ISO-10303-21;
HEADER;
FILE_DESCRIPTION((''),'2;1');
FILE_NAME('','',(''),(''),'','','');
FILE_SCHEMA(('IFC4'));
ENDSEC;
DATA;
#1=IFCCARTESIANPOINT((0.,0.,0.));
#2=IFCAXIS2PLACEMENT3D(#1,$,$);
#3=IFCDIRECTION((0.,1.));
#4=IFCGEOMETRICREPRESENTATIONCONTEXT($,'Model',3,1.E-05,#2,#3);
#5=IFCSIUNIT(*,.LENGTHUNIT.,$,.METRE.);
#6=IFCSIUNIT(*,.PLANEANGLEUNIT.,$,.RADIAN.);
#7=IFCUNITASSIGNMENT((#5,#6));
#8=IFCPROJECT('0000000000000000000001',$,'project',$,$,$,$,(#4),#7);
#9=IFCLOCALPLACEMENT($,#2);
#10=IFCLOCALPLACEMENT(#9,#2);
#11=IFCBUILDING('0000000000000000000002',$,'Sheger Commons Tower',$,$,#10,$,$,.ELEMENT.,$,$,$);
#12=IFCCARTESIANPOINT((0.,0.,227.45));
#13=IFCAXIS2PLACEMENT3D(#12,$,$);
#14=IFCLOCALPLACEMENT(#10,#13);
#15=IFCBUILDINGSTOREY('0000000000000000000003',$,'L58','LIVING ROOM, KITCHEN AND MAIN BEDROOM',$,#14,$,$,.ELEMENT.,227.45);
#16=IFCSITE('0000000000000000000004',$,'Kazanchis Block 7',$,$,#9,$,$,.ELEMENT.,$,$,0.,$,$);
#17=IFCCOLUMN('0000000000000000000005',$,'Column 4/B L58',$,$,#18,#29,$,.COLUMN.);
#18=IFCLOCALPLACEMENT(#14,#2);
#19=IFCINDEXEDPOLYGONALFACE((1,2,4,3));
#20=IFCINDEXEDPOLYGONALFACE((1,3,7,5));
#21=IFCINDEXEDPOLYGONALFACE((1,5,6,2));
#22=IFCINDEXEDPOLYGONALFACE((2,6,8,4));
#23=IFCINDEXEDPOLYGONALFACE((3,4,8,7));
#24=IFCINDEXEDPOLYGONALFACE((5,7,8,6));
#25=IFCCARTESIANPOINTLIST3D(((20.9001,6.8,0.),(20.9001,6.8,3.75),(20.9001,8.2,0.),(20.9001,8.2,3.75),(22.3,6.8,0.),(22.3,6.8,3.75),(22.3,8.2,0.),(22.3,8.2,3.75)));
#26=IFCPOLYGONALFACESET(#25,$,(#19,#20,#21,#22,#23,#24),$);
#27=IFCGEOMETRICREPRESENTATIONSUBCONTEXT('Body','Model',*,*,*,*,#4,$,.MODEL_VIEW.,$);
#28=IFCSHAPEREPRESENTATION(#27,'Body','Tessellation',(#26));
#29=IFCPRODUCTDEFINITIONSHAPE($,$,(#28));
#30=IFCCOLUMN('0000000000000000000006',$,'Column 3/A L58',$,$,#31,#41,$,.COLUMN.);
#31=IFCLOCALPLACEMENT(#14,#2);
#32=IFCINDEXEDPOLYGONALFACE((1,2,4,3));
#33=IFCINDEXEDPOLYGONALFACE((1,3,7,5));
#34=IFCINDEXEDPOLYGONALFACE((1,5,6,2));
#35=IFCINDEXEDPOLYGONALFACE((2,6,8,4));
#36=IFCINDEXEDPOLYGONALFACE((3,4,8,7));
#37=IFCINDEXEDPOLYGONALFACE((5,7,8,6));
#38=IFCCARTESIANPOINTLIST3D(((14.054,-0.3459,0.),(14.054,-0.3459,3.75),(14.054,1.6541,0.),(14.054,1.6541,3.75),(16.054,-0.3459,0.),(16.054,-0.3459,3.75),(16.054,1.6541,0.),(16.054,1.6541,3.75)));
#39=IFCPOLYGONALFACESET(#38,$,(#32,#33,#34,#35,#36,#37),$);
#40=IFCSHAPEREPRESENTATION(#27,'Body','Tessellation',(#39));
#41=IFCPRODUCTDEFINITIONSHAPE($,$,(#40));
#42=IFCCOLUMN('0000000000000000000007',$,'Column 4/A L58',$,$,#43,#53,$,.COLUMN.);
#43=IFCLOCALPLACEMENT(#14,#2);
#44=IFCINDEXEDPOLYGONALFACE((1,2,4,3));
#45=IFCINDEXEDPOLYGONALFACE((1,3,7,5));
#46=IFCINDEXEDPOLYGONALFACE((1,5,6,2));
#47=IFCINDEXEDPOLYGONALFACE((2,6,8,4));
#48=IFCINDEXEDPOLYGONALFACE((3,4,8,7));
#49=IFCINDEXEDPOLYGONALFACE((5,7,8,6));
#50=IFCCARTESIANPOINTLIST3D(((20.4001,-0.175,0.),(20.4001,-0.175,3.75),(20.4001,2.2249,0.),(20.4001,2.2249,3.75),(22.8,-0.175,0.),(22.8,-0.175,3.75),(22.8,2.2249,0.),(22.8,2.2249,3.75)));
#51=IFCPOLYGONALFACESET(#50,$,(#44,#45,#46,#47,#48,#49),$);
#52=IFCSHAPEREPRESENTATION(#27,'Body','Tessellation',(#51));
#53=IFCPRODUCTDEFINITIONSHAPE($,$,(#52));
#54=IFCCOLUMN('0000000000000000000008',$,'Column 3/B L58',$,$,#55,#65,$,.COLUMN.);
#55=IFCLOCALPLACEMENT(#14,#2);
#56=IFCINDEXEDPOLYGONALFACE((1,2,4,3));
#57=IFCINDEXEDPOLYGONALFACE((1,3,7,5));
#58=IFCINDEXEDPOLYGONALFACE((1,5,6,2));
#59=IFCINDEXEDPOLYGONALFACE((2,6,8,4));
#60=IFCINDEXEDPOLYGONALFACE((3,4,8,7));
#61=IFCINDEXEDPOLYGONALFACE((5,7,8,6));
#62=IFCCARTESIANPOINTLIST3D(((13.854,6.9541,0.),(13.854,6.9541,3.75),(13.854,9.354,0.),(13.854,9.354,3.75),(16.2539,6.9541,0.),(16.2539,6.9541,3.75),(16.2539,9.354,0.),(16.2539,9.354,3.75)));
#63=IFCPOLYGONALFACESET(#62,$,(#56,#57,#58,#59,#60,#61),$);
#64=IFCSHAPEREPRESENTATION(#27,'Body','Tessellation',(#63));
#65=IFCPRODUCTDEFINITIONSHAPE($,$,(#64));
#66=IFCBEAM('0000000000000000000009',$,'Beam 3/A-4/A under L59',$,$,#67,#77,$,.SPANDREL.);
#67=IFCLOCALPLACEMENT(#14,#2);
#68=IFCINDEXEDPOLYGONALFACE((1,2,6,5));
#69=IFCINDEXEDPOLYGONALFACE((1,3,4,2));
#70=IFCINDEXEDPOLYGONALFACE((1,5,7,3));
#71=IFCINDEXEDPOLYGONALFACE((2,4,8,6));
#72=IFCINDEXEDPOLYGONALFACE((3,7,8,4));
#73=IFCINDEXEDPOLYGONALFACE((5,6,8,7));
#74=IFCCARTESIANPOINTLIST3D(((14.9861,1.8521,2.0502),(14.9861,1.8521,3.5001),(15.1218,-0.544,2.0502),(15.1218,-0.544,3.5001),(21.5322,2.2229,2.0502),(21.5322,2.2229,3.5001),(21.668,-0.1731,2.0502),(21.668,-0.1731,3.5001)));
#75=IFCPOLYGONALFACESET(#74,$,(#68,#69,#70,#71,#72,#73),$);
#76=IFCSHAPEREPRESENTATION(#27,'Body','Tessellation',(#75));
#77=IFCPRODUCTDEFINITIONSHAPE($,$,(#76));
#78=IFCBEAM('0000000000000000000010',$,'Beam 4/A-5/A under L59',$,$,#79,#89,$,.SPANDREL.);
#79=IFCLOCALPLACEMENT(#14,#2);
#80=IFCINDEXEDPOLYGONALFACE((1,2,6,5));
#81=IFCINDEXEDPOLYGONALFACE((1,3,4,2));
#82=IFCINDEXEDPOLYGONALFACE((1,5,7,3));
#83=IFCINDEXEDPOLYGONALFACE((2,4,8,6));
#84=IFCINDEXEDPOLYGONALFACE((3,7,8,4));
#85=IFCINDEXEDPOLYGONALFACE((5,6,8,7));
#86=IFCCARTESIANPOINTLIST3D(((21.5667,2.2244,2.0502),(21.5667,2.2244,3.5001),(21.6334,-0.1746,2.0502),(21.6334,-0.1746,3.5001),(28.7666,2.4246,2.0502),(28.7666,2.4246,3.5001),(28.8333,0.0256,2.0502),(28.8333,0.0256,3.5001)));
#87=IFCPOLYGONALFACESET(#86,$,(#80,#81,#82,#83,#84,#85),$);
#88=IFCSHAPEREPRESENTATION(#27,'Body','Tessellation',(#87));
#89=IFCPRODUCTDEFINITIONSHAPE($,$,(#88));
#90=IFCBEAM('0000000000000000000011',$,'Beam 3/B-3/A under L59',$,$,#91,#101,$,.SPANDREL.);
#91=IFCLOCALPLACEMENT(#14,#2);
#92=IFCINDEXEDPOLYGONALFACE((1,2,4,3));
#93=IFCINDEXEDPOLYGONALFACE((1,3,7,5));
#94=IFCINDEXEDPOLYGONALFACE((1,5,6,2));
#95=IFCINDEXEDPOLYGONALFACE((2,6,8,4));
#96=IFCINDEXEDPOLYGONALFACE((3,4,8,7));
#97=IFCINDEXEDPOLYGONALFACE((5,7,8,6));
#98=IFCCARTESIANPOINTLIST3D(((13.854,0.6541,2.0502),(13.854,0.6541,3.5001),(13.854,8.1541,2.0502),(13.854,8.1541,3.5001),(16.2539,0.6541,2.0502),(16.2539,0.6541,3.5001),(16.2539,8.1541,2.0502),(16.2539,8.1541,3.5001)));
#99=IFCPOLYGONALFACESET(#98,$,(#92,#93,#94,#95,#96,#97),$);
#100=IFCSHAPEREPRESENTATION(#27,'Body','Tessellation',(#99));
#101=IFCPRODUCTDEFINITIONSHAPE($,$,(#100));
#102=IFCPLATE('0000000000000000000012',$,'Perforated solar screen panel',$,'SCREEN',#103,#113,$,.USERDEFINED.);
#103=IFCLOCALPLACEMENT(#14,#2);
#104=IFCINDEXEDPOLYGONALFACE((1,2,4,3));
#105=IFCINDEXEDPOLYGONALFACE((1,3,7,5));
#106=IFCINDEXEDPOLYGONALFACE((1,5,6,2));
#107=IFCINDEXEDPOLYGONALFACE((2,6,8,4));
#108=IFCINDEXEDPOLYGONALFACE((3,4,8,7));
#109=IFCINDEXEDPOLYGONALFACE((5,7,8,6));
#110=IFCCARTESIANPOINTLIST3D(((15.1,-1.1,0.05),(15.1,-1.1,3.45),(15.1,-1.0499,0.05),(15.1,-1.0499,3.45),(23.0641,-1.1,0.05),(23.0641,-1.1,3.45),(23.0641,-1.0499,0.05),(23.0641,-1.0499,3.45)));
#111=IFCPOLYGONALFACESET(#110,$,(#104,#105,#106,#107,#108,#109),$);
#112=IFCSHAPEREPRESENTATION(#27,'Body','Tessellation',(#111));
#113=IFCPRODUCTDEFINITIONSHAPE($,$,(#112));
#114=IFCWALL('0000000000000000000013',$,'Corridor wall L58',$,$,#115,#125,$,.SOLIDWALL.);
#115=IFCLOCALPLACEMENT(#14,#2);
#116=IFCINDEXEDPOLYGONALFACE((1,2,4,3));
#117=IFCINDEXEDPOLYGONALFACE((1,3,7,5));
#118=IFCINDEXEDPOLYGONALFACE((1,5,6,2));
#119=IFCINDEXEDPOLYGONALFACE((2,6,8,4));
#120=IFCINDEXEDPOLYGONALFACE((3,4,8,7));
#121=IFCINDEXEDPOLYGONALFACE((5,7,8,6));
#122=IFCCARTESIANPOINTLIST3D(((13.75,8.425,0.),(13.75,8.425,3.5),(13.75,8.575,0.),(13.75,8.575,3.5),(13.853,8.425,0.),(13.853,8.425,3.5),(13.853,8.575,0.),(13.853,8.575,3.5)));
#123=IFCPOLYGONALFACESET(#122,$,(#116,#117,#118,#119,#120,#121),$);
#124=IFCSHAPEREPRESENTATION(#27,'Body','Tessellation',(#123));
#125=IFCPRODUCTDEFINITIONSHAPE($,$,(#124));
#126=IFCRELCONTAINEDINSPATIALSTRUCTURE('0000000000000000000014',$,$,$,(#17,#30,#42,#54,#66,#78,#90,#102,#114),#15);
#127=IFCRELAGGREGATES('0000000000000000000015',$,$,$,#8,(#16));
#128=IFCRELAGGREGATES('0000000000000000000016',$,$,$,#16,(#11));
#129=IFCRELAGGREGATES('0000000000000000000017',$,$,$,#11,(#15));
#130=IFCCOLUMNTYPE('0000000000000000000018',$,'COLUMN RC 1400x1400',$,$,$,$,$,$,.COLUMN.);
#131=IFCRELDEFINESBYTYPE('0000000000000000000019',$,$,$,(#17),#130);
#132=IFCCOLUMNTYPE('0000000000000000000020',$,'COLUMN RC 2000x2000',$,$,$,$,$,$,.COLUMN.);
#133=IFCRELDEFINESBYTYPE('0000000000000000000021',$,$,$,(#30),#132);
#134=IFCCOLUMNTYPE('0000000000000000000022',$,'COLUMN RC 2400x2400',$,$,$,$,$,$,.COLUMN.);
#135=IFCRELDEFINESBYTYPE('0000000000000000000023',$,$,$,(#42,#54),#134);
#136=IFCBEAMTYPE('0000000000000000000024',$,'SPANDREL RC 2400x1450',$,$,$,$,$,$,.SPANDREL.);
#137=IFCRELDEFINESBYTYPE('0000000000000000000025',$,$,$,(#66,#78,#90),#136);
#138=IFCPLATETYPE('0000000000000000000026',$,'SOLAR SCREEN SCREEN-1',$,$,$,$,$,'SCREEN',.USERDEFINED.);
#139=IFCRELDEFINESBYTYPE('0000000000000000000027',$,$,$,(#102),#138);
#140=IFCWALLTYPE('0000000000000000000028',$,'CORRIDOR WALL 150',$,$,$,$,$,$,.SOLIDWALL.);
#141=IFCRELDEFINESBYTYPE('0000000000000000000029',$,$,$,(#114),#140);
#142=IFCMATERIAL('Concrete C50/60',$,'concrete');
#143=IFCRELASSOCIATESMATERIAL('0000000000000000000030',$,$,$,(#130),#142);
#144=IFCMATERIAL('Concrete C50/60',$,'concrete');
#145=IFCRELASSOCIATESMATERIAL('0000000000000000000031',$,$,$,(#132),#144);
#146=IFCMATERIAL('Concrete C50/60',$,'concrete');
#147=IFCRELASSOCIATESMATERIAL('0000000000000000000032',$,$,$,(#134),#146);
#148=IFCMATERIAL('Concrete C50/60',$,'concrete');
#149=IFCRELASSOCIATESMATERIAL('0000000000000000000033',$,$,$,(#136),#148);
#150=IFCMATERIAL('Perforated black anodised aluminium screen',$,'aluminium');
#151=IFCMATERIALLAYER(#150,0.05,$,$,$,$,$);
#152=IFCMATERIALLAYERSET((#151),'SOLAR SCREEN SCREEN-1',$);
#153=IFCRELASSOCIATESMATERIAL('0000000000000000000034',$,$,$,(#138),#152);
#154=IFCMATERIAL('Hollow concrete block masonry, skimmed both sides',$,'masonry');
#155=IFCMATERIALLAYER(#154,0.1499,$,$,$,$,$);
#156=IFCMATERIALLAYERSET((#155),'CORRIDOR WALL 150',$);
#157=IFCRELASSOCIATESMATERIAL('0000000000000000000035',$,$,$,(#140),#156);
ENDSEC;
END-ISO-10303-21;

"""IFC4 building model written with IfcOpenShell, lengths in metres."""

from ifc_helpers import new_model, si_unit, direction, frame, frame_2d, origin, origin_2d, place, context, subcontext, project, spatial, rectangle, extrude, material, layer, layer_set, material_profile, profile_set, type_object, element, save


model = new_model("IFC4")

# Units and contexts
model_context = context("Model", 3, precision=1e-05, world=origin(), true_north=direction((0.0, 1.0)))
body_context = subcontext(model_context, "Body", "Model", "MODEL_VIEW")
ifc_project = project(units=[si_unit("LENGTHUNIT", "METRE"), si_unit("PLANEANGLEUNIT", "RADIAN")], contexts=[model_context])

# Site, building, storey
site_placement = place(None, origin())
site = spatial("IfcSite", under=ifc_project, at=site_placement, Name="Kazanchis Block 7", CompositionType="ELEMENT", RefElevation=0.0)
building_placement = place(site_placement, origin())
building = spatial("IfcBuilding", under=site, at=building_placement, Name="Sheger Commons Tower", CompositionType="ELEMENT")
storey_placement = place(building_placement, frame((0.0, 0.0, 227.45)))
storey = spatial("IfcBuildingStorey", under=building, at=storey_placement, Name="L58", Description="LIVING ROOM, KITCHEN AND MAIN BEDROOM", CompositionType="ELEMENT", Elevation=227.45)

# Columns
ifc_material_1 = material(Name="Concrete C50/60", Category="concrete")
ifc_material_profile_1 = material_profile(ifc_material_1, rectangle(XDim=1.3999, YDim=1.3999, at=origin_2d()), Name="RC 1400x1400")
ifc_profile_set_1 = profile_set([ifc_material_profile_1], Name="Concrete C50/60")
column_type_1 = type_object("IfcColumnType", Name="COLUMN RC 1400x1400", PredefinedType="COLUMN", material=ifc_profile_set_1)
column_1_placement = place(storey_placement, frame((21.6001, 7.5, 0.0), z_axis=(0.0, 0.0, 1.0), x_axis=(1.0, 0.0, 0.0)))
element("IfcColumn", 1, at=column_1_placement, inside=storey, type_object=column_type_1, Name="Column 4/B L58", PredefinedType="COLUMN", context=body_context, shape_type="SweptSolid", body=[
    extrude(rectangle(XDim=1.3999, YDim=1.3999, at=origin_2d()), origin(), (0.0, 0.0, 1.0), 3.75),
])
ifc_material_2 = material(Name="Concrete C50/60", Category="concrete")
ifc_material_profile_2 = material_profile(ifc_material_2, rectangle(XDim=2.0, YDim=2.0, at=origin_2d()), Name="RC 2000x2000")
ifc_profile_set_2 = profile_set([ifc_material_profile_2], Name="Concrete C50/60")
column_type_2 = type_object("IfcColumnType", Name="COLUMN RC 2000x2000", PredefinedType="COLUMN", material=ifc_profile_set_2)
column_2_placement = place(storey_placement, frame((15.054, 0.6541, 0.0), z_axis=(0.0, 0.0, 1.0), x_axis=(1.0, 0.0, 0.0)))
element("IfcColumn", 2, at=column_2_placement, inside=storey, type_object=column_type_2, Name="Column 3/A L58", PredefinedType="COLUMN", context=body_context, shape_type="SweptSolid", body=[
    extrude(rectangle(XDim=2.0, YDim=2.0, at=origin_2d()), origin(), (0.0, 0.0, 1.0), 3.75),
])
ifc_material_3 = material(Name="Concrete C50/60", Category="concrete")
ifc_material_profile_3 = material_profile(ifc_material_3, rectangle(XDim=2.3999, YDim=2.3999, at=origin_2d()), Name="RC 2400x2400")
ifc_profile_set_3 = profile_set([ifc_material_profile_3], Name="Concrete C50/60")
column_type_3 = type_object("IfcColumnType", Name="COLUMN RC 2400x2400", PredefinedType="COLUMN", material=ifc_profile_set_3)
for number, where, z_axis, x_axis, name in (
    (3, (21.6001, 1.0249, 0.0), (0.0, 0.0, 1.0), (1.0, 0.0, 0.0), "Column 4/A L58"),
    (4, (15.054, 8.1541, 0.0), (0.0, 0.0, 1.0), (1.0, 0.0, 0.0), "Column 3/B L58"),
):
    element("IfcColumn", number, at=place(storey_placement, frame(where, z_axis=z_axis, x_axis=x_axis)), inside=storey, type_object=column_type_3, Name=name, PredefinedType="COLUMN", context=body_context, shape_type="SweptSolid", body=[
        extrude(rectangle(XDim=2.3999, YDim=2.3999, at=origin_2d()), origin(), (0.0, 0.0, 1.0), 3.75),
    ])

# Beams
ifc_material_4 = material(Name="Concrete C50/60", Category="concrete")
ifc_material_profile_4 = material_profile(ifc_material_4, rectangle(XDim=2.3999, YDim=1.45, at=origin_2d()), Name="RC 2400x1450")
ifc_profile_set_4 = profile_set([ifc_material_profile_4], Name="Concrete C50/60")
beam_type = type_object("IfcBeamType", Name="SPANDREL RC 2400x1450", PredefinedType="SPANDREL", material=ifc_profile_set_4)
beam_1_placement = place(storey_placement, frame((15.054, 0.6541, 2.7751), z_axis=(0.998399, 0.056561, 0.0), x_axis=(-0.056561, 0.998399, 0.0)))
element("IfcBeam", 5, at=beam_1_placement, inside=storey, type_object=beam_type, Name="Beam 3/A-4/A under L59", PredefinedType="SPANDREL", context=body_context, shape_type="SweptSolid", body=[
    extrude(rectangle(XDim=2.3999, YDim=1.45, at=origin_2d()), origin(), (0.0, 0.0, 1.0), 6.5566),
])
beam_2_placement = place(storey_placement, frame((21.6001, 1.0249, 2.7751), z_axis=(0.999614, 0.027794, 0.0), x_axis=(-0.027794, 0.999614, 0.0)))
element("IfcBeam", 6, at=beam_2_placement, inside=storey, type_object=beam_type, Name="Beam 4/A-5/A under L59", PredefinedType="SPANDREL", context=body_context, shape_type="SweptSolid", body=[
    extrude(rectangle(XDim=2.3999, YDim=1.45, at=origin_2d()), origin(), (0.0, 0.0, 1.0), 7.2026),
])
beam_3_placement = place(storey_placement, frame((15.054, 8.1541, 2.7751), z_axis=(0.0, -1.0, 0.0), x_axis=(1.0, 0.0, 0.0)))
element("IfcBeam", 7, at=beam_3_placement, inside=storey, type_object=beam_type, Name="Beam 3/B-3/A under L59", PredefinedType="SPANDREL", context=body_context, shape_type="SweptSolid", body=[
    extrude(rectangle(XDim=2.3999, YDim=1.45, at=origin_2d()), origin(), (0.0, 0.0, 1.0), 7.5),
])

# Plate
ifc_material_5 = material(Name="Perforated black anodised aluminium screen", Category="aluminium")
ifc_layer_1 = layer(ifc_material_5, 0.05)
ifc_layer_set_1 = layer_set([ifc_layer_1], Name="SOLAR SCREEN SCREEN-1")
plate_type = type_object("IfcPlateType", Name="SOLAR SCREEN SCREEN-1", ElementType="SCREEN", PredefinedType="USERDEFINED", material=ifc_layer_set_1)
plate_placement = place(storey_placement, frame((19.082, -1.075, 0.05), z_axis=(0.0, 0.0, 1.0), x_axis=(1.0, 0.0, 0.0)))
element("IfcPlate", 8, at=plate_placement, inside=storey, type_object=plate_type, Name="Perforated solar screen panel", ObjectType="SCREEN", PredefinedType="USERDEFINED", context=body_context, shape_type="SweptSolid", body=[
    extrude(rectangle(XDim=7.9641, YDim=0.05, at=origin_2d()), origin(), (0.0, 0.0, 1.0), 3.3999),
])

# Wall
ifc_material_6 = material(Name="Hollow concrete block masonry, skimmed both sides", Category="masonry")
ifc_layer_2 = layer(ifc_material_6, 0.1499)
ifc_layer_set_2 = layer_set([ifc_layer_2], Name="CORRIDOR WALL 150")
wall_type_1 = type_object("IfcWallType", Name="CORRIDOR WALL 150", PredefinedType="SOLIDWALL", material=ifc_layer_set_2)
wall_1_placement = place(storey_placement, frame((13.853, 8.5, 0.0), z_axis=(0.0, 0.0, 1.0), x_axis=(-1.0, 0.0, 0.0)))
element("IfcWall", 9, at=wall_1_placement, inside=storey, type_object=wall_type_1, Name="Corridor wall L58", PredefinedType="SOLIDWALL", context=body_context, shape_type="SweptSolid", body=[
    extrude(rectangle(XDim=0.103, YDim=0.1499, at=frame_2d((0.0515, 0.0))), origin(), (0.0, 0.0, 1.0), 3.5),
])

save(model, "model.ifc")
